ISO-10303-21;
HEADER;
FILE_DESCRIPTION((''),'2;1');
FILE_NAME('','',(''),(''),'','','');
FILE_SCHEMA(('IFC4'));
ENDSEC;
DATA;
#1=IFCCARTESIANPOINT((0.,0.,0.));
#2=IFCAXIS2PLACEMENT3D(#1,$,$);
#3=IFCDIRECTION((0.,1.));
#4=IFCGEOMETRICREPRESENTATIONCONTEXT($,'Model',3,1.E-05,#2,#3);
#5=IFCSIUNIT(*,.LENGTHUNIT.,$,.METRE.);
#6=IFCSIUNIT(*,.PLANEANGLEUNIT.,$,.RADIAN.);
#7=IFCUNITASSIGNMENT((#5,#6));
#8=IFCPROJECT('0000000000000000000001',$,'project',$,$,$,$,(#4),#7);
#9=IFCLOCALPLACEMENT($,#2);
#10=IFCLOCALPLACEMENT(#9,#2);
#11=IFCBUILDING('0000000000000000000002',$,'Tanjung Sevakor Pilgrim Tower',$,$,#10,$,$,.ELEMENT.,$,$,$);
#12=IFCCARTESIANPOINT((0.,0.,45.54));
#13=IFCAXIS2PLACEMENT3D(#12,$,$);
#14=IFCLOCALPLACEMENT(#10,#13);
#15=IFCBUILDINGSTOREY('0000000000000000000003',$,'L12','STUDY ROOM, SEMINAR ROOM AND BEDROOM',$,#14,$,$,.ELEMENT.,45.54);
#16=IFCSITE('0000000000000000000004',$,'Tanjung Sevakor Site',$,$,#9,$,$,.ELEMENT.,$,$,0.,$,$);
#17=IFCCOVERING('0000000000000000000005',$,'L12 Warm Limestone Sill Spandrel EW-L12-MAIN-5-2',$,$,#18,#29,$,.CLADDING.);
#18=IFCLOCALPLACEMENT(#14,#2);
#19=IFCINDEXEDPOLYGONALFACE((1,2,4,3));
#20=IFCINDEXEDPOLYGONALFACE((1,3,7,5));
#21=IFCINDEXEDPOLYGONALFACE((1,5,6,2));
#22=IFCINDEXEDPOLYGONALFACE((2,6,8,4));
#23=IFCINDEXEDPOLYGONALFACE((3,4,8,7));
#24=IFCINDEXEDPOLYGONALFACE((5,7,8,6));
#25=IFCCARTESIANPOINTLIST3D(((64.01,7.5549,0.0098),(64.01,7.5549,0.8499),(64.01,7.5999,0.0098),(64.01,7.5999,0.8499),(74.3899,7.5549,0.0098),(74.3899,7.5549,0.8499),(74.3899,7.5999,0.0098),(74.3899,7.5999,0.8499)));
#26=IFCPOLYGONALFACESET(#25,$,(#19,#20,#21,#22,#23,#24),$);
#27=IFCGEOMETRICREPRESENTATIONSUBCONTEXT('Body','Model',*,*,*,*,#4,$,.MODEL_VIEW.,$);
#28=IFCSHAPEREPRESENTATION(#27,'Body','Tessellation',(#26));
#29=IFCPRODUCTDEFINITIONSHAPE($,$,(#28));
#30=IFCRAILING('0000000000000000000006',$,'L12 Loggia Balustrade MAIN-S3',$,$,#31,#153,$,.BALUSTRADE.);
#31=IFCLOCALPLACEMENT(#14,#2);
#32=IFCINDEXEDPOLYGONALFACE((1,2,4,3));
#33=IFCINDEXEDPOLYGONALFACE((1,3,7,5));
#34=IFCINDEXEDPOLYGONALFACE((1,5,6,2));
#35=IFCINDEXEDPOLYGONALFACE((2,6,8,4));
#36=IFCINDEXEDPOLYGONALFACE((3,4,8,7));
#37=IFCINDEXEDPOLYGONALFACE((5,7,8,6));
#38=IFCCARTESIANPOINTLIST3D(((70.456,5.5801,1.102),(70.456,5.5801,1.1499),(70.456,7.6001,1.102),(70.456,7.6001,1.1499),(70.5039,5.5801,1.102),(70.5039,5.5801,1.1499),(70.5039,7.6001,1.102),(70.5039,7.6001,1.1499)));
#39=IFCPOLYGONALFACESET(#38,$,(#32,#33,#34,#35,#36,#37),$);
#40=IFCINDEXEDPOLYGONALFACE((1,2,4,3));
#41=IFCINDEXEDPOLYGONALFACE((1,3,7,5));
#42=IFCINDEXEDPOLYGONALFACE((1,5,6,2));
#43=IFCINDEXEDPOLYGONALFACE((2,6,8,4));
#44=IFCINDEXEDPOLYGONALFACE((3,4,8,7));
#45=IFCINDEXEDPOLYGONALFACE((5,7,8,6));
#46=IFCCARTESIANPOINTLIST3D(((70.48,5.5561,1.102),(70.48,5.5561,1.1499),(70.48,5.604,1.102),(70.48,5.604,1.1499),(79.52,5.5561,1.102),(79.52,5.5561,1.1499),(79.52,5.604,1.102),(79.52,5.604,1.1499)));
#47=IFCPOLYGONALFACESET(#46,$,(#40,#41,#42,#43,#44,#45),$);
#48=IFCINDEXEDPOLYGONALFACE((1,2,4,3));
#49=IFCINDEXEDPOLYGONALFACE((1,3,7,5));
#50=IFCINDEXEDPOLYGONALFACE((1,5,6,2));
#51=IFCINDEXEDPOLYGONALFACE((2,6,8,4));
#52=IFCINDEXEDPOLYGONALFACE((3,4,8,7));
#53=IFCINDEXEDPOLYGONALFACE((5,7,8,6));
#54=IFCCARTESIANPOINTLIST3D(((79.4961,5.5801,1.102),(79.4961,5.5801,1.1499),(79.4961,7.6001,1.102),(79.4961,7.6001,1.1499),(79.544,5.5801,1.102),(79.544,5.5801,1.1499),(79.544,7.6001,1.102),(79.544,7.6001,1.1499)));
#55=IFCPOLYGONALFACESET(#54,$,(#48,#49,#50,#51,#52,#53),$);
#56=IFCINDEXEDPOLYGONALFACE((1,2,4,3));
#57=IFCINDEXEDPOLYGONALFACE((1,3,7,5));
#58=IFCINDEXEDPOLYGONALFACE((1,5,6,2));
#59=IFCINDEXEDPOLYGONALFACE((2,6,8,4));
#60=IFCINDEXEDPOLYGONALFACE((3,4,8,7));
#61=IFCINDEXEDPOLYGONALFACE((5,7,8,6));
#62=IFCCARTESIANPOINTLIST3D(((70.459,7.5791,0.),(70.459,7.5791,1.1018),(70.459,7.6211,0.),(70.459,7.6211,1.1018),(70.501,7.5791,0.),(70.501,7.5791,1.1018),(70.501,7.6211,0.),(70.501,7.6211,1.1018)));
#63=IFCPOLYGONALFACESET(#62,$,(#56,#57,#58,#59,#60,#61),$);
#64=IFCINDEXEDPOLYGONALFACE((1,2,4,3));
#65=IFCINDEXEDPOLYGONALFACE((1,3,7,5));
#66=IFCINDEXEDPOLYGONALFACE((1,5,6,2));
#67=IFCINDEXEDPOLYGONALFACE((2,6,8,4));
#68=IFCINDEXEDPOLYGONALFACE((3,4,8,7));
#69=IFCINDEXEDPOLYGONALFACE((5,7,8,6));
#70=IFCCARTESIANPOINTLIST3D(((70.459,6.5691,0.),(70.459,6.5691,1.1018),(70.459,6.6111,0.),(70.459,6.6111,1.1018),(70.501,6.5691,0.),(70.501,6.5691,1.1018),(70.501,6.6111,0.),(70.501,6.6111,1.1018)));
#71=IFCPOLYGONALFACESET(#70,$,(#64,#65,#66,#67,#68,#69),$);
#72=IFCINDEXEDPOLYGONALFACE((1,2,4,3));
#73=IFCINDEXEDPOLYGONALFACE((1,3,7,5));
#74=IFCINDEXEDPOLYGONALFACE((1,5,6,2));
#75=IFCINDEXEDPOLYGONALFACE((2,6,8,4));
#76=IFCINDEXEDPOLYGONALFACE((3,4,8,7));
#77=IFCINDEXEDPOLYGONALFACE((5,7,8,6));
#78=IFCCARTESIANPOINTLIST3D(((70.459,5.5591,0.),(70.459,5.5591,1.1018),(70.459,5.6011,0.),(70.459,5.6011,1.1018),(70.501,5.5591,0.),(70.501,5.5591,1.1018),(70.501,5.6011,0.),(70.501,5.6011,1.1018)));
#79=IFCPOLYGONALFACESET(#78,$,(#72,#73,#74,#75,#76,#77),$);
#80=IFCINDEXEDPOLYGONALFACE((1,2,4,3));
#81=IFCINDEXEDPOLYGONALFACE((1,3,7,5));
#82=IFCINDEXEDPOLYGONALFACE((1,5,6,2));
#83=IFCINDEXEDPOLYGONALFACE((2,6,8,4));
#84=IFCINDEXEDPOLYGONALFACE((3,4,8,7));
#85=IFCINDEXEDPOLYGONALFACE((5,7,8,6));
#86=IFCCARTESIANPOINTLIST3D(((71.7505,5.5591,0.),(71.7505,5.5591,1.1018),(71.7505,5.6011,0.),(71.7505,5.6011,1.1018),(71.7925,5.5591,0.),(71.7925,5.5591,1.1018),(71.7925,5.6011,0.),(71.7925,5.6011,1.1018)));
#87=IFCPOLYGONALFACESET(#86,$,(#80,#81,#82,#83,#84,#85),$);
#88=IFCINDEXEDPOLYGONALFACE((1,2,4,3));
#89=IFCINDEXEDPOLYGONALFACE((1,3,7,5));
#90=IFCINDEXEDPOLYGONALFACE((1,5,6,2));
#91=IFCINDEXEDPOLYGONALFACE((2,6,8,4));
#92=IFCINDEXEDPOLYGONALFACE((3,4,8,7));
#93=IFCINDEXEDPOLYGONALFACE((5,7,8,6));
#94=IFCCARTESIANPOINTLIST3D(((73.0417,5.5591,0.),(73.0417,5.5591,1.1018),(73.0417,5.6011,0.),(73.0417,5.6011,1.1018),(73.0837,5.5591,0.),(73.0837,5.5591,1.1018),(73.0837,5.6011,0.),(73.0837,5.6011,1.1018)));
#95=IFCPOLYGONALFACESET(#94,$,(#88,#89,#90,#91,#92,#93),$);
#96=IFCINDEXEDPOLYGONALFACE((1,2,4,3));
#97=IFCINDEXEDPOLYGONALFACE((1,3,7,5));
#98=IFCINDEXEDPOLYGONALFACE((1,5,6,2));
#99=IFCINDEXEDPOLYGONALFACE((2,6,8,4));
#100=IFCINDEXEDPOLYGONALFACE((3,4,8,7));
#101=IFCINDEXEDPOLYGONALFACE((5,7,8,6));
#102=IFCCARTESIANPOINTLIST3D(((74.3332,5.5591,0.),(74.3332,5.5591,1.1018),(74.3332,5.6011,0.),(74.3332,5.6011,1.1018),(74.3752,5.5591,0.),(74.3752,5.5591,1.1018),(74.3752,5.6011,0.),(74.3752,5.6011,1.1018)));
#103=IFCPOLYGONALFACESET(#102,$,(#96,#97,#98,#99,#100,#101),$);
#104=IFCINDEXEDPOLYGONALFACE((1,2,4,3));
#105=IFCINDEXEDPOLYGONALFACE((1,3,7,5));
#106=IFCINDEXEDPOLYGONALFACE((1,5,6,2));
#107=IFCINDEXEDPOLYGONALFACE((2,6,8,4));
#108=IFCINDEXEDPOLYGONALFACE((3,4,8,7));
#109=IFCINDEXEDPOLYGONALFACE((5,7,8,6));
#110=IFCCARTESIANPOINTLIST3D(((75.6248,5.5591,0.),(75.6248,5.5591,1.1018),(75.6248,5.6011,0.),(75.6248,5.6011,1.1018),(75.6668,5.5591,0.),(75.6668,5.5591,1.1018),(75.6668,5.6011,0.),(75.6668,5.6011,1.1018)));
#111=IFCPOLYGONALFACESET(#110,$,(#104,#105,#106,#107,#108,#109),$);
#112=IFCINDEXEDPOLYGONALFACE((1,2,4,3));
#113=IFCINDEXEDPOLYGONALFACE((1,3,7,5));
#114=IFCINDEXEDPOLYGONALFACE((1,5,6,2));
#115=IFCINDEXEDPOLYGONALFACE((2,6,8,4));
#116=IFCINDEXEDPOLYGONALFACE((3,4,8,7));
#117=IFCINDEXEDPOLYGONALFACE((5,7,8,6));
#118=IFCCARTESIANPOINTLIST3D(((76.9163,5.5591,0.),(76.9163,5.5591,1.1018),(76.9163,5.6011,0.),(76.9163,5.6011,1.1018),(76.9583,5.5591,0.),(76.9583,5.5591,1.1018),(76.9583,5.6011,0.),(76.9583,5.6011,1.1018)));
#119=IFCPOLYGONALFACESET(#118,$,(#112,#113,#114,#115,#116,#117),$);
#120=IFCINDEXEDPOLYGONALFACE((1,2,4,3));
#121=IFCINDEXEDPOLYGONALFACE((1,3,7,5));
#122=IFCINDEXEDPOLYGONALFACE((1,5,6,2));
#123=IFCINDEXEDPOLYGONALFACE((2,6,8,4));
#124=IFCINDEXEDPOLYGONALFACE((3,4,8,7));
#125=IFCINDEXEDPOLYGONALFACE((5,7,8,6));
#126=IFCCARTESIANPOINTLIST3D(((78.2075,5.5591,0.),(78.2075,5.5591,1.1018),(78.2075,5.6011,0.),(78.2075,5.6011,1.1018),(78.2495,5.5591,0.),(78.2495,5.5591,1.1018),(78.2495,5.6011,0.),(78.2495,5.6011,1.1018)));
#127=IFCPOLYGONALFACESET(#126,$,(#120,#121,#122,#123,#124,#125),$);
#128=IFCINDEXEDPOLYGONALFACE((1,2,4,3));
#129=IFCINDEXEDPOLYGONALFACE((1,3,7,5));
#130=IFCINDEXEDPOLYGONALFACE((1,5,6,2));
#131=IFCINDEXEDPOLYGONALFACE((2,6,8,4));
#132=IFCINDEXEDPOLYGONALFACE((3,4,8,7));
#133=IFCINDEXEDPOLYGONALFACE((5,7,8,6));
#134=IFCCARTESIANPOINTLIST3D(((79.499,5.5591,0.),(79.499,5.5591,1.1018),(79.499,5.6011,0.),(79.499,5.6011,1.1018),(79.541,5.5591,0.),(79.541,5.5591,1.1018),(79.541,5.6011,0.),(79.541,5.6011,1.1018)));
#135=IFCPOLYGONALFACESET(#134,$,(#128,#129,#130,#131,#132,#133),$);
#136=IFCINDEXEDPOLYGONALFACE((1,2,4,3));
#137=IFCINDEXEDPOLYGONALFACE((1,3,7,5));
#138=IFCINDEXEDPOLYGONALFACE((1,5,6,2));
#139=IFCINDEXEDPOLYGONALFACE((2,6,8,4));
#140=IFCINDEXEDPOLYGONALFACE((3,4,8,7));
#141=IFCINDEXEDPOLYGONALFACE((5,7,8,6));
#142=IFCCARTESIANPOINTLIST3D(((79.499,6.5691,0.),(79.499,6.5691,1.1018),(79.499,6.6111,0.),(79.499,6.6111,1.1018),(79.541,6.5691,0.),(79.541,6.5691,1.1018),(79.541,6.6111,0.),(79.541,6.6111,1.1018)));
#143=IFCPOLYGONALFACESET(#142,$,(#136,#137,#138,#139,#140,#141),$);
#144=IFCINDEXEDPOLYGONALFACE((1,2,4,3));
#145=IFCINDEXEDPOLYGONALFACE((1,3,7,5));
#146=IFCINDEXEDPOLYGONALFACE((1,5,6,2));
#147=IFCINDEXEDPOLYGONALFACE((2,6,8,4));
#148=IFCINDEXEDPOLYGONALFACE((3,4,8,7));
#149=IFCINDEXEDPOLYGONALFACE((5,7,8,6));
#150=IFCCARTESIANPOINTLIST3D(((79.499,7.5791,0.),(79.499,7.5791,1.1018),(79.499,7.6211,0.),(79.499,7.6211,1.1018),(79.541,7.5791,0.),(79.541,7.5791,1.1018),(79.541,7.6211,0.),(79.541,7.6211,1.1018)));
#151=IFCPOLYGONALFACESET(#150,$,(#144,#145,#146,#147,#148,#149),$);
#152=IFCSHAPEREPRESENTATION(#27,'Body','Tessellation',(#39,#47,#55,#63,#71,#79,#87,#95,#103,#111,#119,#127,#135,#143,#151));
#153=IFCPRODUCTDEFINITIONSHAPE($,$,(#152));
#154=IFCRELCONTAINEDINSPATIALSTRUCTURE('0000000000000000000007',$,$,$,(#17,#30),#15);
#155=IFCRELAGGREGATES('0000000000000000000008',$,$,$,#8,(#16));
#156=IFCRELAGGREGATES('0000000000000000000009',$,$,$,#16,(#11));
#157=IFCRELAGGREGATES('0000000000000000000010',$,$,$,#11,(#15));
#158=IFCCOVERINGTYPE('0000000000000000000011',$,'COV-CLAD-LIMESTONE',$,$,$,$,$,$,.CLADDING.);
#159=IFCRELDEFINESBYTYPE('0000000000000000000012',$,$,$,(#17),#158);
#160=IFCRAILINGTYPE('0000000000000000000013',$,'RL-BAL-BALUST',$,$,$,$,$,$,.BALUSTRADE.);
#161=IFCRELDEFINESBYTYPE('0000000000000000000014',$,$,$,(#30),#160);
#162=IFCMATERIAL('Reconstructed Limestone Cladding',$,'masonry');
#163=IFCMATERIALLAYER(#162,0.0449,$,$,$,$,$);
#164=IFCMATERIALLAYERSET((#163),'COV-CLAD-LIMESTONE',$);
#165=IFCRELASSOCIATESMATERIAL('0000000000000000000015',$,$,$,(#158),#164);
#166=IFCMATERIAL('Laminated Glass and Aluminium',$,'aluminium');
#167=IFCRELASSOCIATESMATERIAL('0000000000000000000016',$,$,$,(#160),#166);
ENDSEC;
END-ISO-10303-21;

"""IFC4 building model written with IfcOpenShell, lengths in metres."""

from ifc_helpers import new_model, si_unit, direction, frame, origin, origin_2d, place, context, subcontext, project, spatial, rectangle, extrude, material, layer, layer_set, type_object, element, save


model = new_model("IFC4")

# Units and contexts
model_context = context("Model", 3, precision=1e-05, world=origin(), true_north=direction((0.0, 1.0)))
body_context = subcontext(model_context, "Body", "Model", "MODEL_VIEW")
ifc_project = project(units=[si_unit("LENGTHUNIT", "METRE"), si_unit("PLANEANGLEUNIT", "RADIAN")], contexts=[model_context])

# Site, building, storey
site_placement = place(None, origin())
site = spatial("IfcSite", under=ifc_project, at=site_placement, Name="Tanjung Sevakor Site", CompositionType="ELEMENT", RefElevation=0.0)
building_placement = place(site_placement, origin())
building = spatial("IfcBuilding", under=site, at=building_placement, Name="Tanjung Sevakor Pilgrim Tower", CompositionType="ELEMENT")
storey_placement = place(building_placement, frame((0.0, 0.0, 45.54)))
storey = spatial("IfcBuildingStorey", under=building, at=storey_placement, Name="L12", Description="STUDY ROOM, SEMINAR ROOM AND BEDROOM", CompositionType="ELEMENT", Elevation=45.54)

# Covering
ifc_material_1 = material(Name="Reconstructed Limestone Cladding", Category="masonry")
ifc_layer_1 = layer(ifc_material_1, 0.0449)
ifc_layer_set_1 = layer_set([ifc_layer_1], Name="COV-CLAD-LIMESTONE")
covering_type = type_object("IfcCoveringType", Name="COV-CLAD-LIMESTONE", PredefinedType="CLADDING", material=ifc_layer_set_1)
covering_placement = place(storey_placement, frame((69.2, 7.5774, 0.0098), z_axis=(0.0, 0.0, 1.0), x_axis=(1.0, 0.0, 0.0)))
element("IfcCovering", 1, at=covering_placement, inside=storey, type_object=covering_type, Name="L12 Warm Limestone Sill Spandrel EW-L12-MAIN-5-2", PredefinedType="CLADDING", context=body_context, shape_type="SweptSolid", body=[
    extrude(rectangle(XDim=10.3799, YDim=0.0449, at=origin_2d()), origin(), (0.0, 0.0, 1.0), 0.8401),
])

# Railing
ifc_material_2 = material(Name="Laminated Glass and Aluminium", Category="aluminium")
railing_type = type_object("IfcRailingType", Name="RL-BAL-BALUST", PredefinedType="BALUSTRADE", material=ifc_material_2)
railing_placement = place(storey_placement, frame((70.48, 7.6001, 0.0)))
element("IfcRailing", 2, at=railing_placement, inside=storey, type_object=railing_type, Name="L12 Loggia Balustrade MAIN-S3", PredefinedType="BALUSTRADE", context=body_context, shape_type="SweptSolid", body=[
    extrude(rectangle(XDim=0.0479, YDim=0.0479), frame((0.0, 0.0, 1.126), z_axis=(0.0, -1.0, 0.0), x_axis=(1.0, 0.0, 0.0)), (0.0, 0.0, 1.0), 2.02),
    extrude(rectangle(XDim=0.0479, YDim=0.0479), frame((0.0, -2.02, 1.126), z_axis=(1.0, 0.0, 0.0), x_axis=(0.0, 1.0, 0.0)), (0.0, 0.0, 1.0), 9.04),
    extrude(rectangle(XDim=0.0479, YDim=0.0479), frame((9.04, -2.02, 1.126), z_axis=(0.0, 1.0, 0.0), x_axis=(-1.0, 0.0, 0.0)), (0.0, 0.0, 1.0), 2.02),
    extrude(rectangle(XDim=0.042, YDim=0.042), origin(), (0.0, 0.0, 1.0), 1.1018),
    extrude(rectangle(XDim=0.042, YDim=0.042), frame((0.0, -1.01, 0.0)), (0.0, 0.0, 1.0), 1.1018),
    extrude(rectangle(XDim=0.042, YDim=0.042), frame((0.0, -2.02, 0.0)), (0.0, 0.0, 1.0), 1.1018),
    extrude(rectangle(XDim=0.042, YDim=0.042), frame((1.2915, -2.02, 0.0)), (0.0, 0.0, 1.0), 1.1018),
    extrude(rectangle(XDim=0.042, YDim=0.042), frame((2.5828, -2.02, 0.0)), (0.0, 0.0, 1.0), 1.1018),
    extrude(rectangle(XDim=0.042, YDim=0.042), frame((3.8743, -2.02, 0.0)), (0.0, 0.0, 1.0), 1.1018),
    extrude(rectangle(XDim=0.042, YDim=0.042), frame((5.1658, -2.02, 0.0)), (0.0, 0.0, 1.0), 1.1018),
    extrude(rectangle(XDim=0.042, YDim=0.042), frame((6.4573, -2.02, 0.0)), (0.0, 0.0, 1.0), 1.1018),
    extrude(rectangle(XDim=0.042, YDim=0.042), frame((7.7485, -2.02, 0.0)), (0.0, 0.0, 1.0), 1.1018),
    extrude(rectangle(XDim=0.042, YDim=0.042), frame((9.04, -2.02, 0.0)), (0.0, 0.0, 1.0), 1.1018),
    extrude(rectangle(XDim=0.042, YDim=0.042), frame((9.04, -1.01, 0.0)), (0.0, 0.0, 1.0), 1.1018),
    extrude(rectangle(XDim=0.042, YDim=0.042), frame((9.04, 0.0, 0.0)), (0.0, 0.0, 1.0), 1.1018),
])

save(model, "model.ifc")
